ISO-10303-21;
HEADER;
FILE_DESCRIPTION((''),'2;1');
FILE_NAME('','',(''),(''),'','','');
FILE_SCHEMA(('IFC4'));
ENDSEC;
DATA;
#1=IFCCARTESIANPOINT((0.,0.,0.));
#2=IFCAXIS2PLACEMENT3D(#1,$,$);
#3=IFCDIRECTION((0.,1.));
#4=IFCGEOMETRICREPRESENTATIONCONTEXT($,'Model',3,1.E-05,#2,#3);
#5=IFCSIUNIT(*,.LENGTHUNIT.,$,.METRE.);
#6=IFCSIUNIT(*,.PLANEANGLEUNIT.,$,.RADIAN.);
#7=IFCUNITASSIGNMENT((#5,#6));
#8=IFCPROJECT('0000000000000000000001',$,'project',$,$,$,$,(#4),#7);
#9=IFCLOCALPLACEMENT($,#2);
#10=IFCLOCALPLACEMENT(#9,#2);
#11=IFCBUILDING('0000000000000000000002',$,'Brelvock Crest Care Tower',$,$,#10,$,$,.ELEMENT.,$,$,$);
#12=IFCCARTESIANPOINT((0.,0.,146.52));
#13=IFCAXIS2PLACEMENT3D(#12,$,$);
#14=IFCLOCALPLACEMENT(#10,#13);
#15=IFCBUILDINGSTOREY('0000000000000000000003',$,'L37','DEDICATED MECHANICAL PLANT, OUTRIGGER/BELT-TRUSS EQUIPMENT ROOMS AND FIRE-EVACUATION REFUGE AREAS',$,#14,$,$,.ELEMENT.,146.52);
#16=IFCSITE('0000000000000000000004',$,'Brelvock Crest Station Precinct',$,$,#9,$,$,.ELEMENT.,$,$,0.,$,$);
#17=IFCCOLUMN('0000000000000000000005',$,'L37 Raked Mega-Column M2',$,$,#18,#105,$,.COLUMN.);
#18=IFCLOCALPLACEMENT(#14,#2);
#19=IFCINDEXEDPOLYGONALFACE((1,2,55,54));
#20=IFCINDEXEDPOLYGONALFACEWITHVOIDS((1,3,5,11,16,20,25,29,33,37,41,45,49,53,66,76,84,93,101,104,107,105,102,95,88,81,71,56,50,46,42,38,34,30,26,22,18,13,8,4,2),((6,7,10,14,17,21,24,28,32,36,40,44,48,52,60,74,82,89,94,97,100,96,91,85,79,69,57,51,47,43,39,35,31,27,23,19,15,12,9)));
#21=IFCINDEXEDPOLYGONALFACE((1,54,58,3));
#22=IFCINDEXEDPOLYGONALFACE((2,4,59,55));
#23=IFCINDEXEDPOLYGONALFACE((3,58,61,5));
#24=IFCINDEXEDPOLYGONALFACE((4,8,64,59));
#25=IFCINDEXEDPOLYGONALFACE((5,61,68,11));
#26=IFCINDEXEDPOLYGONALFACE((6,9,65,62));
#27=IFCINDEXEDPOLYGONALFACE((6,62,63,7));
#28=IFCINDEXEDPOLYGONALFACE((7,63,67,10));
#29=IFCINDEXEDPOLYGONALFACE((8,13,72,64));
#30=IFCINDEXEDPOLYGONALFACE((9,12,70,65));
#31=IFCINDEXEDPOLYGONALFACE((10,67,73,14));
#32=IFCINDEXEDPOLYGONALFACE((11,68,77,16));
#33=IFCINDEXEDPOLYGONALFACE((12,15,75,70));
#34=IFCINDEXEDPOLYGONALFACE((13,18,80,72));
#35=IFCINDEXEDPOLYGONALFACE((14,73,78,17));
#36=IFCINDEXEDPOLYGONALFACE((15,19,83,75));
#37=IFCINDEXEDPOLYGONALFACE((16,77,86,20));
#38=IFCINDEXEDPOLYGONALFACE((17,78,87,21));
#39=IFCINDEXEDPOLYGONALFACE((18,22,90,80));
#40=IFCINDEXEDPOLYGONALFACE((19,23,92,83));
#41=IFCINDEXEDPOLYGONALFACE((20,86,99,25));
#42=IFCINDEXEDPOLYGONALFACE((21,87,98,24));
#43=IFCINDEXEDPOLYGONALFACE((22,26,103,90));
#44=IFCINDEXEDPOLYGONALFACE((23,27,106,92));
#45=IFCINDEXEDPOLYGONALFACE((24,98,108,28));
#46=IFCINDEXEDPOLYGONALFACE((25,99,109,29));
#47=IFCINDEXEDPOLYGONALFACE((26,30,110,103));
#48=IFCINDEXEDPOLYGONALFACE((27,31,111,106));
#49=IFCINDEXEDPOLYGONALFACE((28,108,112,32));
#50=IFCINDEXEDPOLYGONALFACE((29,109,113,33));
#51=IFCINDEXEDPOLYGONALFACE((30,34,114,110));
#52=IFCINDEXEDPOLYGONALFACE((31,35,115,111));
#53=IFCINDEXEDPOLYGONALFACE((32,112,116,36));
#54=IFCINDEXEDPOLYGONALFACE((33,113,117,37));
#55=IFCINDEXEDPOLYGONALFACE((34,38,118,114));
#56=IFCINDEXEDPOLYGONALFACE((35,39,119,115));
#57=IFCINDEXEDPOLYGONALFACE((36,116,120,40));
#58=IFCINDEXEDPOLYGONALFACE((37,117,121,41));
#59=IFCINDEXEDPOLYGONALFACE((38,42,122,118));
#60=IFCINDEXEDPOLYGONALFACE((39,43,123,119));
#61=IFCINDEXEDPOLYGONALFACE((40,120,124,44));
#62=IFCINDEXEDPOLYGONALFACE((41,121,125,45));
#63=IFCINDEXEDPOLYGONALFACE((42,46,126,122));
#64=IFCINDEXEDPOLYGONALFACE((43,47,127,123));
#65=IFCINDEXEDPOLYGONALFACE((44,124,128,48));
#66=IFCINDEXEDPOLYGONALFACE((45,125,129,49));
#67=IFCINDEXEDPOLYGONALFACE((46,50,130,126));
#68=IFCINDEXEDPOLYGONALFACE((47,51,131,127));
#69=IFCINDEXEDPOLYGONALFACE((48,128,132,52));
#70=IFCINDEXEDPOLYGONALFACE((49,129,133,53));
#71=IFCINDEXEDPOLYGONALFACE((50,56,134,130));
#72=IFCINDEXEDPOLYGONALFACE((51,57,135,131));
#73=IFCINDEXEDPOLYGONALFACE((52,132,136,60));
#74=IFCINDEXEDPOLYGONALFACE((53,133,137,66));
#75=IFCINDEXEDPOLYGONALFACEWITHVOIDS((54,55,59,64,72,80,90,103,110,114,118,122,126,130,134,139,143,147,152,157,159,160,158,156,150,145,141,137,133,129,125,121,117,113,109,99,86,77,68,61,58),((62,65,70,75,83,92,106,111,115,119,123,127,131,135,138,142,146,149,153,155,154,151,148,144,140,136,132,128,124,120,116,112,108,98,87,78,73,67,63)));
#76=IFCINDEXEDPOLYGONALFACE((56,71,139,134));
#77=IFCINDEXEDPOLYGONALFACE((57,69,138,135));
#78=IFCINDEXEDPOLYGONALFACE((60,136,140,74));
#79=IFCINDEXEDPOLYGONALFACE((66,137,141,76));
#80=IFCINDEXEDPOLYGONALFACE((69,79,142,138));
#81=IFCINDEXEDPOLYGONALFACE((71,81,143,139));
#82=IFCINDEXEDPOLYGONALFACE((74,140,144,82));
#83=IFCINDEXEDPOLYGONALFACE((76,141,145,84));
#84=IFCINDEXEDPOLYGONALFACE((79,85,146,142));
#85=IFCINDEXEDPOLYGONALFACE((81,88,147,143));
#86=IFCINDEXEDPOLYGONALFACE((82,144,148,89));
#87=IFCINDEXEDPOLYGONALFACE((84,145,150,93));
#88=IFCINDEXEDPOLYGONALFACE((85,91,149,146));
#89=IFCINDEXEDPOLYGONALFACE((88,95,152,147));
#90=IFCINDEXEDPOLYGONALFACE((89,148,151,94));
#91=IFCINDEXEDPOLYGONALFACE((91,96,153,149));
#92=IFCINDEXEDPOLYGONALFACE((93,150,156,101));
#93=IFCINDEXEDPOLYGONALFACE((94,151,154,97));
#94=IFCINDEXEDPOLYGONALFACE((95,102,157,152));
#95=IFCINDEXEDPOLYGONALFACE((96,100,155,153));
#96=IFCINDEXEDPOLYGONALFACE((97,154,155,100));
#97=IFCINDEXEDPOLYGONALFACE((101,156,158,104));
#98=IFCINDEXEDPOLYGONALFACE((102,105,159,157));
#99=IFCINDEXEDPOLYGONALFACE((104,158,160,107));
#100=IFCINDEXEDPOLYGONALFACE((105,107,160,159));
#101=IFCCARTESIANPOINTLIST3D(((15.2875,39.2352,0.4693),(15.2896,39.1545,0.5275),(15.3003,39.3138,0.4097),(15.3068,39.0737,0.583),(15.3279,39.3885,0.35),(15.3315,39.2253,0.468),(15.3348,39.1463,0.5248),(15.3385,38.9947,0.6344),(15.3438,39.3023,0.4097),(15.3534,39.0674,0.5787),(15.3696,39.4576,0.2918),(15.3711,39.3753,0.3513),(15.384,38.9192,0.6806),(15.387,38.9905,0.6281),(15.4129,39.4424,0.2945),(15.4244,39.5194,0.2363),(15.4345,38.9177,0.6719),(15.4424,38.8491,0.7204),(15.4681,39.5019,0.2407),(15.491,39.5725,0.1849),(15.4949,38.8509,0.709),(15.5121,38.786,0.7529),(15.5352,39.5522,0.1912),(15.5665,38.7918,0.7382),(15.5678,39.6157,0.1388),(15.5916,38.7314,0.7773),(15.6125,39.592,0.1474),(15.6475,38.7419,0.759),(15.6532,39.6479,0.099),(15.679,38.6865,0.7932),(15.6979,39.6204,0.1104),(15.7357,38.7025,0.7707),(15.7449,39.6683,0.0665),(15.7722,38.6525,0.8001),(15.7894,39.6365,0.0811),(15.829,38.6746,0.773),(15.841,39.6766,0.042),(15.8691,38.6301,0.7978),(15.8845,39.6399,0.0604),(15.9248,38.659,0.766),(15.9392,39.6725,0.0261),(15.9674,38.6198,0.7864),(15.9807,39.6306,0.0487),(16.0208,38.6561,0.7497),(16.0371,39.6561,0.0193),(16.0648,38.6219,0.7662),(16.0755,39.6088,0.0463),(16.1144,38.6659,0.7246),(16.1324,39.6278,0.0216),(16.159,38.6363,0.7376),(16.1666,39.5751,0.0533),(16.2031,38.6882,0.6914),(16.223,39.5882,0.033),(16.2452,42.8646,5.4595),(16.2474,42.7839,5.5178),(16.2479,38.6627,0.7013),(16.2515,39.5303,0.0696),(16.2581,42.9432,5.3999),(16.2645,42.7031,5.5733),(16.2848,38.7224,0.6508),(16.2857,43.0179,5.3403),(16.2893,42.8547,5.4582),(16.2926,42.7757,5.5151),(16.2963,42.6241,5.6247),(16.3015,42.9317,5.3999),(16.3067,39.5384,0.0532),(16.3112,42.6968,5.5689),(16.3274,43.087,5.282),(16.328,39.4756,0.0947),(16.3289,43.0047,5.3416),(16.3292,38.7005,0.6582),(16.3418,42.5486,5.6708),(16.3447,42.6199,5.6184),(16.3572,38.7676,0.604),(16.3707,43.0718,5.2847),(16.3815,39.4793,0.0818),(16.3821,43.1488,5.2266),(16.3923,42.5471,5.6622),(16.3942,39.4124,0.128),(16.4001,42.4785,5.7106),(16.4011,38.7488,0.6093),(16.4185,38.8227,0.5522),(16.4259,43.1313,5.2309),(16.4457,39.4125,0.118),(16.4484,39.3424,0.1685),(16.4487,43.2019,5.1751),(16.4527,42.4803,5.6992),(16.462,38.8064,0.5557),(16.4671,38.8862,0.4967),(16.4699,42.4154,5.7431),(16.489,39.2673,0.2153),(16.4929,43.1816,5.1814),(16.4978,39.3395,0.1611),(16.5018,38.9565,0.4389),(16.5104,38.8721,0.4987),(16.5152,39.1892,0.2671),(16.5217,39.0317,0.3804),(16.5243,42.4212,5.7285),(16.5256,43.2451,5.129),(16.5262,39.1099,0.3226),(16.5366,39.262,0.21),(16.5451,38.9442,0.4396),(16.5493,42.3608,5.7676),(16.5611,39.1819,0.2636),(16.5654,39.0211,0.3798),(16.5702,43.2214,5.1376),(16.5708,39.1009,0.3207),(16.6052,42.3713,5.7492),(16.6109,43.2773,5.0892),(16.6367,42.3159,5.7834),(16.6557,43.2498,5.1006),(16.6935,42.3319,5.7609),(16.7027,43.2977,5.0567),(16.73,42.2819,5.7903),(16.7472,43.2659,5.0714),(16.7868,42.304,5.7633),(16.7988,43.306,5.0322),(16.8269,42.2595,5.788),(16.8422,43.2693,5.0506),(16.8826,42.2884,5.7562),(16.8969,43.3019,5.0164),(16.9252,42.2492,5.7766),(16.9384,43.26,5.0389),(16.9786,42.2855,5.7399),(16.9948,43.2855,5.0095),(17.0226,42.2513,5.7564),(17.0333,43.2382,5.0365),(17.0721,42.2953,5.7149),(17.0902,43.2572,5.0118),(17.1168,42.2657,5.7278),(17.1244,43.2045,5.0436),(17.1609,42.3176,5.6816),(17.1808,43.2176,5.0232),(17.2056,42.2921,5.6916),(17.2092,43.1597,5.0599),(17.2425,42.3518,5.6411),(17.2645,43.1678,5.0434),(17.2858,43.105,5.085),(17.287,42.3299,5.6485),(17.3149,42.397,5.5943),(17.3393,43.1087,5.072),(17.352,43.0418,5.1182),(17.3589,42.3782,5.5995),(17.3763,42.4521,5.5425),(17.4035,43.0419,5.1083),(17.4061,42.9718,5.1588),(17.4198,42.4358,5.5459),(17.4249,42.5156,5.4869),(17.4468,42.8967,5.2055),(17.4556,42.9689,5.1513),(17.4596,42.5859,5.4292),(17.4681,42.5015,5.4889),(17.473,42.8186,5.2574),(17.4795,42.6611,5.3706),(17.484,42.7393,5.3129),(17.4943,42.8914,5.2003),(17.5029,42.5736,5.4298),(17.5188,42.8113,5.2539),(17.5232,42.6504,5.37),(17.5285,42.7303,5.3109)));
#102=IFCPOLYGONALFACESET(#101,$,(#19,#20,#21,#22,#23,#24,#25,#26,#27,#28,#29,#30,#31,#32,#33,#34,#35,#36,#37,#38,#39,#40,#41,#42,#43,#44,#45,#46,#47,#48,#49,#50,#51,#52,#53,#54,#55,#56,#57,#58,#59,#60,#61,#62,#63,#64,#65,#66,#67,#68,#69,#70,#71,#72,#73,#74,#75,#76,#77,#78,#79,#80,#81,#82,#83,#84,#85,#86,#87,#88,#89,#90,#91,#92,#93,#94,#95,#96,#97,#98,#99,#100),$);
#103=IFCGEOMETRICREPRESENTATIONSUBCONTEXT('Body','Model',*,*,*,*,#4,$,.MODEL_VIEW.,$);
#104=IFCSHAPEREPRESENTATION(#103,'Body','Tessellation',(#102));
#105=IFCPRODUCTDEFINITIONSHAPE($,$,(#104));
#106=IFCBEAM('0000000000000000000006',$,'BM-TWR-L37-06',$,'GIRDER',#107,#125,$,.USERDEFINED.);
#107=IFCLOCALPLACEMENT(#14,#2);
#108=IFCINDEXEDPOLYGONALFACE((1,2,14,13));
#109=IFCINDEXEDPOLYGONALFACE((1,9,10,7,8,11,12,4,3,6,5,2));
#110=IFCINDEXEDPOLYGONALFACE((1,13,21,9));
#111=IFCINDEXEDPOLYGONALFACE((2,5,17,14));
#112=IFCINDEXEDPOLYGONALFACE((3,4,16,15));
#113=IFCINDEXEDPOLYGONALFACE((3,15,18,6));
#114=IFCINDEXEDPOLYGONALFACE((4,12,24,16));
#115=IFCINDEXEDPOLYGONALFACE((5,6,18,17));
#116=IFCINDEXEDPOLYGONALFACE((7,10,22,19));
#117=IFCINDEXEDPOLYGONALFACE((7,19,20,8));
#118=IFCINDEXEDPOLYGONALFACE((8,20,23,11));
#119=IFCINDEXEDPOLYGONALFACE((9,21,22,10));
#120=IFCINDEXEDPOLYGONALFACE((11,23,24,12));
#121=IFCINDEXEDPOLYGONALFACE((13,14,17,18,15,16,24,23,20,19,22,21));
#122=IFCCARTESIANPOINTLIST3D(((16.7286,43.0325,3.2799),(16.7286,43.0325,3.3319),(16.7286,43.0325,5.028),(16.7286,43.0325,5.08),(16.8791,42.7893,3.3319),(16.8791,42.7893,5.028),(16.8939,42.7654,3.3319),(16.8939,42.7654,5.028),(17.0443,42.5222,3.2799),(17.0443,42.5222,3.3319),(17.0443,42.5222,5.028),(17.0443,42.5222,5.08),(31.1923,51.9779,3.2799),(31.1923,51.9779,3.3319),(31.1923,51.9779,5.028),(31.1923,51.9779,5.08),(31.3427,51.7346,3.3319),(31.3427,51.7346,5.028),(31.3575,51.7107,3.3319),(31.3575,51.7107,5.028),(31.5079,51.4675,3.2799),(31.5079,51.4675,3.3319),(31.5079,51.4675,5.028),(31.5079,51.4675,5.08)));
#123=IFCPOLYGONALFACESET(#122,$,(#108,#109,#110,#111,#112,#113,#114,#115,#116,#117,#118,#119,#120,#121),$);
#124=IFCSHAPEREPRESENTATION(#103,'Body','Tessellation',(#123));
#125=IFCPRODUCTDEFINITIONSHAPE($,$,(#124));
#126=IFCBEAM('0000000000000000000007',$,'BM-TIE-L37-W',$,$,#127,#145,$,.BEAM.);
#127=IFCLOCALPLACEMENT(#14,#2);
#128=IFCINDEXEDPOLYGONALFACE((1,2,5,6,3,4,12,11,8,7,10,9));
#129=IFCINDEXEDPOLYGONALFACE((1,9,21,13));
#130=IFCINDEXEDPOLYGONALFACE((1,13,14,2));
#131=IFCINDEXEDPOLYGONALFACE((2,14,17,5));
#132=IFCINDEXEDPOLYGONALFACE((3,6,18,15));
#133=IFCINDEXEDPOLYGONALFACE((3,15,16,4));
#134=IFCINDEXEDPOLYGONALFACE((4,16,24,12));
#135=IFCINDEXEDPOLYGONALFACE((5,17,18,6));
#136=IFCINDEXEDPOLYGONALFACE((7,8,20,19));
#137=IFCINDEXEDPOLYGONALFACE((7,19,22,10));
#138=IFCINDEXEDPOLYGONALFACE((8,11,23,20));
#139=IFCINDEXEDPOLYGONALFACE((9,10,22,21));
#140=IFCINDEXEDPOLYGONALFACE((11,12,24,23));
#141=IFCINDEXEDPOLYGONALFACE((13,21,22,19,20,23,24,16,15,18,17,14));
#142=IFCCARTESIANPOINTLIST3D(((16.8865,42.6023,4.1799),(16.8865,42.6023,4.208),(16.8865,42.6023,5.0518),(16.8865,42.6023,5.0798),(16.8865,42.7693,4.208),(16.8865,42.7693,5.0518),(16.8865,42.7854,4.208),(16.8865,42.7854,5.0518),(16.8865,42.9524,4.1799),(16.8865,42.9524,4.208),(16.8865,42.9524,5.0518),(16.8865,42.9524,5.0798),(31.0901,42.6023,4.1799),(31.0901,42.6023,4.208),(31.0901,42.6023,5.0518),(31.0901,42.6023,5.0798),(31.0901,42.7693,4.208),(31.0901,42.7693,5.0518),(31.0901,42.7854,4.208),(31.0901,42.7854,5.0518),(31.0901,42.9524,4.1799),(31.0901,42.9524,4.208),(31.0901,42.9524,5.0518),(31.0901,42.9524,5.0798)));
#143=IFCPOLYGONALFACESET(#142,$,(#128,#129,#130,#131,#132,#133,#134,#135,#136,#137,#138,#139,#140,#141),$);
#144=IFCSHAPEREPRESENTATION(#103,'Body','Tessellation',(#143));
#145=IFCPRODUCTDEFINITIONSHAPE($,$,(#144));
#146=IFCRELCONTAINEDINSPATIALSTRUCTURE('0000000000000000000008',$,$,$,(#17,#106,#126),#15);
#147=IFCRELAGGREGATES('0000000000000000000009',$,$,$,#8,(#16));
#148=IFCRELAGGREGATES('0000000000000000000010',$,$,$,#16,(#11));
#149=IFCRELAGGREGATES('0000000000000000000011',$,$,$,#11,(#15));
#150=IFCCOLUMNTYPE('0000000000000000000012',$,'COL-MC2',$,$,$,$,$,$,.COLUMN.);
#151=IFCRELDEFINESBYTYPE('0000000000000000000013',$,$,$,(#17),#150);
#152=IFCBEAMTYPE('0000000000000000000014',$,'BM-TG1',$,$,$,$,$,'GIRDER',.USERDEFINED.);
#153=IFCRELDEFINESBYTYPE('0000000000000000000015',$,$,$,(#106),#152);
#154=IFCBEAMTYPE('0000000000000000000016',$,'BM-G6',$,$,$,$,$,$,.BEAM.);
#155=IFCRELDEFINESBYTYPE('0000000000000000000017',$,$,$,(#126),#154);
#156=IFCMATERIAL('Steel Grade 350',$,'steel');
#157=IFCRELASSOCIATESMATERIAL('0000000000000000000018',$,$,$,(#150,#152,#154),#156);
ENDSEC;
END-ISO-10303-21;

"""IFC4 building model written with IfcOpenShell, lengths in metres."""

from ifc_helpers import new_model, si_unit, direction, frame, origin, origin_2d, place, context, subcontext, project, spatial, hollow_circle, i_section, extrude, source, transform, mapped, material, material_profile, profile_set, type_object, element, save


model = new_model("IFC4")

# Units and contexts
model_context = context("Model", 3, precision=1e-05, world=origin(), true_north=direction((0.0, 1.0)))
body_context = subcontext(model_context, "Body", "Model", "MODEL_VIEW")
ifc_project = project(units=[si_unit("LENGTHUNIT", "METRE"), si_unit("PLANEANGLEUNIT", "RADIAN")], contexts=[model_context])

# Site, building, storey
site_placement = place(None, origin())
site = spatial("IfcSite", under=ifc_project, at=site_placement, Name="Brelvock Crest Station Precinct", CompositionType="ELEMENT", RefElevation=0.0)
building_placement = place(site_placement, origin())
building = spatial("IfcBuilding", under=site, at=building_placement, Name="Brelvock Crest Care Tower", CompositionType="ELEMENT")
storey_placement = place(building_placement, frame((0.0, 0.0, 146.52)))
storey = spatial("IfcBuildingStorey", under=building, at=storey_placement, Name="L37", Description="DEDICATED MECHANICAL PLANT, OUTRIGGER/BELT-TRUSS EQUIPMENT ROOMS AND FIRE-EVACUATION REFUGE AREAS", CompositionType="ELEMENT", Elevation=146.52)

# Column
ifc_material_1 = material(Name="Steel Grade 350", Category="steel")
ifc_material_profile_1 = material_profile(ifc_material_1, hollow_circle(Radius=0.6499, WallThickness=0.0449, at=origin_2d()), Name="CFT1300x45")
ifc_profile_set_1 = profile_set([ifc_material_profile_1], Name="Steel Grade 350")
column_type = type_object("IfcColumnType", Name="COL-MC2", PredefinedType="COLUMN", material=ifc_profile_set_1)
shared_shape_1 = source(origin(), body_context, "Body", "SweptSolid", [
    extrude(hollow_circle(Radius=0.6499, WallThickness=0.0449, at=origin_2d()), origin(), (0.0, 0.0, 1.0), 6.2444),
])
column_placement = place(storey_placement, frame((15.9287, 39.1479, 0.4097), z_axis=(0.15338, 0.581226, 0.799156), x_axis=(-0.9669, 0.255156, 0.0)))
element("IfcColumn", 1, at=column_placement, inside=storey, type_object=column_type, Name="L37 Raked Mega-Column M2", PredefinedType="COLUMN", context=body_context, shape_type="MappedRepresentation", body=[
    mapped(shared_shape_1, transform((0.0, 0.0, 0.0), x_axis=(1.0, 0.0, 0.0), y_axis=(0.0, 1.0, 0.0), z_axis=(0.0, 0.0, 1.0), scale=1.0)),
])

# Beams
ifc_material_profile_2 = material_profile(ifc_material_1, i_section(OverallWidth=0.6001, OverallDepth=1.8, WebThickness=0.0281, FlangeThickness=0.052, at=origin_2d()), Name="1800TG740")
ifc_profile_set_2 = profile_set([ifc_material_profile_2], Name="Steel Grade 350")
beam_type_1 = type_object("IfcBeamType", Name="BM-TG1", ElementType="GIRDER", PredefinedType="USERDEFINED", material=ifc_profile_set_2)
shared_shape_2 = source(origin(), body_context, "Body", "SweptSolid", [
    extrude(i_section(OverallWidth=0.6001, OverallDepth=1.8, WebThickness=0.0281, FlangeThickness=0.052, at=origin_2d()), origin(), (0.0, 0.0, 1.0), 17.0063),
])
beam_1_placement = place(storey_placement, frame((16.8865, 42.7773, 4.1799), z_axis=(0.850485, 0.525999, 0.0), x_axis=(-0.525999, 0.850485, 0.0)))
element("IfcBeam", 2, at=beam_1_placement, inside=storey, type_object=beam_type_1, Name="BM-TWR-L37-06", ObjectType="GIRDER", PredefinedType="USERDEFINED", context=body_context, shape_type="MappedRepresentation", body=[
    mapped(shared_shape_2, transform((0.0, 0.0, 0.0), x_axis=(1.0, 0.0, 0.0), y_axis=(0.0, 1.0, 0.0), z_axis=(0.0, 0.0, 1.0), scale=1.0)),
])
ifc_material_profile_3 = material_profile(ifc_material_1, i_section(OverallWidth=0.3501, OverallDepth=0.8999, WebThickness=0.0161, FlangeThickness=0.0281, at=origin_2d()), Name="900WB257")
ifc_profile_set_3 = profile_set([ifc_material_profile_3], Name="Steel Grade 350")
beam_type_2 = type_object("IfcBeamType", Name="BM-G6", PredefinedType="BEAM", material=ifc_profile_set_3)
shared_shape_3 = source(origin(), body_context, "Body", "SweptSolid", [
    extrude(i_section(OverallWidth=0.3501, OverallDepth=0.8999, WebThickness=0.0161, FlangeThickness=0.0281, at=origin_2d()), origin(), (0.0, 0.0, 1.0), 14.2036),
])
beam_2_placement = place(storey_placement, frame((16.8865, 42.7773, 4.6299), z_axis=(1.0, 0.0, 0.0), x_axis=(0.0, 1.0, 0.0)))
element("IfcBeam", 3, at=beam_2_placement, inside=storey, type_object=beam_type_2, Name="BM-TIE-L37-W", PredefinedType="BEAM", context=body_context, shape_type="MappedRepresentation", body=[
    mapped(shared_shape_3, transform((0.0, 0.0, 0.0), x_axis=(1.0, 0.0, 0.0), y_axis=(0.0, 1.0, 0.0), z_axis=(0.0, 0.0, 1.0), scale=1.0)),
])

save(model, "model.ifc")
